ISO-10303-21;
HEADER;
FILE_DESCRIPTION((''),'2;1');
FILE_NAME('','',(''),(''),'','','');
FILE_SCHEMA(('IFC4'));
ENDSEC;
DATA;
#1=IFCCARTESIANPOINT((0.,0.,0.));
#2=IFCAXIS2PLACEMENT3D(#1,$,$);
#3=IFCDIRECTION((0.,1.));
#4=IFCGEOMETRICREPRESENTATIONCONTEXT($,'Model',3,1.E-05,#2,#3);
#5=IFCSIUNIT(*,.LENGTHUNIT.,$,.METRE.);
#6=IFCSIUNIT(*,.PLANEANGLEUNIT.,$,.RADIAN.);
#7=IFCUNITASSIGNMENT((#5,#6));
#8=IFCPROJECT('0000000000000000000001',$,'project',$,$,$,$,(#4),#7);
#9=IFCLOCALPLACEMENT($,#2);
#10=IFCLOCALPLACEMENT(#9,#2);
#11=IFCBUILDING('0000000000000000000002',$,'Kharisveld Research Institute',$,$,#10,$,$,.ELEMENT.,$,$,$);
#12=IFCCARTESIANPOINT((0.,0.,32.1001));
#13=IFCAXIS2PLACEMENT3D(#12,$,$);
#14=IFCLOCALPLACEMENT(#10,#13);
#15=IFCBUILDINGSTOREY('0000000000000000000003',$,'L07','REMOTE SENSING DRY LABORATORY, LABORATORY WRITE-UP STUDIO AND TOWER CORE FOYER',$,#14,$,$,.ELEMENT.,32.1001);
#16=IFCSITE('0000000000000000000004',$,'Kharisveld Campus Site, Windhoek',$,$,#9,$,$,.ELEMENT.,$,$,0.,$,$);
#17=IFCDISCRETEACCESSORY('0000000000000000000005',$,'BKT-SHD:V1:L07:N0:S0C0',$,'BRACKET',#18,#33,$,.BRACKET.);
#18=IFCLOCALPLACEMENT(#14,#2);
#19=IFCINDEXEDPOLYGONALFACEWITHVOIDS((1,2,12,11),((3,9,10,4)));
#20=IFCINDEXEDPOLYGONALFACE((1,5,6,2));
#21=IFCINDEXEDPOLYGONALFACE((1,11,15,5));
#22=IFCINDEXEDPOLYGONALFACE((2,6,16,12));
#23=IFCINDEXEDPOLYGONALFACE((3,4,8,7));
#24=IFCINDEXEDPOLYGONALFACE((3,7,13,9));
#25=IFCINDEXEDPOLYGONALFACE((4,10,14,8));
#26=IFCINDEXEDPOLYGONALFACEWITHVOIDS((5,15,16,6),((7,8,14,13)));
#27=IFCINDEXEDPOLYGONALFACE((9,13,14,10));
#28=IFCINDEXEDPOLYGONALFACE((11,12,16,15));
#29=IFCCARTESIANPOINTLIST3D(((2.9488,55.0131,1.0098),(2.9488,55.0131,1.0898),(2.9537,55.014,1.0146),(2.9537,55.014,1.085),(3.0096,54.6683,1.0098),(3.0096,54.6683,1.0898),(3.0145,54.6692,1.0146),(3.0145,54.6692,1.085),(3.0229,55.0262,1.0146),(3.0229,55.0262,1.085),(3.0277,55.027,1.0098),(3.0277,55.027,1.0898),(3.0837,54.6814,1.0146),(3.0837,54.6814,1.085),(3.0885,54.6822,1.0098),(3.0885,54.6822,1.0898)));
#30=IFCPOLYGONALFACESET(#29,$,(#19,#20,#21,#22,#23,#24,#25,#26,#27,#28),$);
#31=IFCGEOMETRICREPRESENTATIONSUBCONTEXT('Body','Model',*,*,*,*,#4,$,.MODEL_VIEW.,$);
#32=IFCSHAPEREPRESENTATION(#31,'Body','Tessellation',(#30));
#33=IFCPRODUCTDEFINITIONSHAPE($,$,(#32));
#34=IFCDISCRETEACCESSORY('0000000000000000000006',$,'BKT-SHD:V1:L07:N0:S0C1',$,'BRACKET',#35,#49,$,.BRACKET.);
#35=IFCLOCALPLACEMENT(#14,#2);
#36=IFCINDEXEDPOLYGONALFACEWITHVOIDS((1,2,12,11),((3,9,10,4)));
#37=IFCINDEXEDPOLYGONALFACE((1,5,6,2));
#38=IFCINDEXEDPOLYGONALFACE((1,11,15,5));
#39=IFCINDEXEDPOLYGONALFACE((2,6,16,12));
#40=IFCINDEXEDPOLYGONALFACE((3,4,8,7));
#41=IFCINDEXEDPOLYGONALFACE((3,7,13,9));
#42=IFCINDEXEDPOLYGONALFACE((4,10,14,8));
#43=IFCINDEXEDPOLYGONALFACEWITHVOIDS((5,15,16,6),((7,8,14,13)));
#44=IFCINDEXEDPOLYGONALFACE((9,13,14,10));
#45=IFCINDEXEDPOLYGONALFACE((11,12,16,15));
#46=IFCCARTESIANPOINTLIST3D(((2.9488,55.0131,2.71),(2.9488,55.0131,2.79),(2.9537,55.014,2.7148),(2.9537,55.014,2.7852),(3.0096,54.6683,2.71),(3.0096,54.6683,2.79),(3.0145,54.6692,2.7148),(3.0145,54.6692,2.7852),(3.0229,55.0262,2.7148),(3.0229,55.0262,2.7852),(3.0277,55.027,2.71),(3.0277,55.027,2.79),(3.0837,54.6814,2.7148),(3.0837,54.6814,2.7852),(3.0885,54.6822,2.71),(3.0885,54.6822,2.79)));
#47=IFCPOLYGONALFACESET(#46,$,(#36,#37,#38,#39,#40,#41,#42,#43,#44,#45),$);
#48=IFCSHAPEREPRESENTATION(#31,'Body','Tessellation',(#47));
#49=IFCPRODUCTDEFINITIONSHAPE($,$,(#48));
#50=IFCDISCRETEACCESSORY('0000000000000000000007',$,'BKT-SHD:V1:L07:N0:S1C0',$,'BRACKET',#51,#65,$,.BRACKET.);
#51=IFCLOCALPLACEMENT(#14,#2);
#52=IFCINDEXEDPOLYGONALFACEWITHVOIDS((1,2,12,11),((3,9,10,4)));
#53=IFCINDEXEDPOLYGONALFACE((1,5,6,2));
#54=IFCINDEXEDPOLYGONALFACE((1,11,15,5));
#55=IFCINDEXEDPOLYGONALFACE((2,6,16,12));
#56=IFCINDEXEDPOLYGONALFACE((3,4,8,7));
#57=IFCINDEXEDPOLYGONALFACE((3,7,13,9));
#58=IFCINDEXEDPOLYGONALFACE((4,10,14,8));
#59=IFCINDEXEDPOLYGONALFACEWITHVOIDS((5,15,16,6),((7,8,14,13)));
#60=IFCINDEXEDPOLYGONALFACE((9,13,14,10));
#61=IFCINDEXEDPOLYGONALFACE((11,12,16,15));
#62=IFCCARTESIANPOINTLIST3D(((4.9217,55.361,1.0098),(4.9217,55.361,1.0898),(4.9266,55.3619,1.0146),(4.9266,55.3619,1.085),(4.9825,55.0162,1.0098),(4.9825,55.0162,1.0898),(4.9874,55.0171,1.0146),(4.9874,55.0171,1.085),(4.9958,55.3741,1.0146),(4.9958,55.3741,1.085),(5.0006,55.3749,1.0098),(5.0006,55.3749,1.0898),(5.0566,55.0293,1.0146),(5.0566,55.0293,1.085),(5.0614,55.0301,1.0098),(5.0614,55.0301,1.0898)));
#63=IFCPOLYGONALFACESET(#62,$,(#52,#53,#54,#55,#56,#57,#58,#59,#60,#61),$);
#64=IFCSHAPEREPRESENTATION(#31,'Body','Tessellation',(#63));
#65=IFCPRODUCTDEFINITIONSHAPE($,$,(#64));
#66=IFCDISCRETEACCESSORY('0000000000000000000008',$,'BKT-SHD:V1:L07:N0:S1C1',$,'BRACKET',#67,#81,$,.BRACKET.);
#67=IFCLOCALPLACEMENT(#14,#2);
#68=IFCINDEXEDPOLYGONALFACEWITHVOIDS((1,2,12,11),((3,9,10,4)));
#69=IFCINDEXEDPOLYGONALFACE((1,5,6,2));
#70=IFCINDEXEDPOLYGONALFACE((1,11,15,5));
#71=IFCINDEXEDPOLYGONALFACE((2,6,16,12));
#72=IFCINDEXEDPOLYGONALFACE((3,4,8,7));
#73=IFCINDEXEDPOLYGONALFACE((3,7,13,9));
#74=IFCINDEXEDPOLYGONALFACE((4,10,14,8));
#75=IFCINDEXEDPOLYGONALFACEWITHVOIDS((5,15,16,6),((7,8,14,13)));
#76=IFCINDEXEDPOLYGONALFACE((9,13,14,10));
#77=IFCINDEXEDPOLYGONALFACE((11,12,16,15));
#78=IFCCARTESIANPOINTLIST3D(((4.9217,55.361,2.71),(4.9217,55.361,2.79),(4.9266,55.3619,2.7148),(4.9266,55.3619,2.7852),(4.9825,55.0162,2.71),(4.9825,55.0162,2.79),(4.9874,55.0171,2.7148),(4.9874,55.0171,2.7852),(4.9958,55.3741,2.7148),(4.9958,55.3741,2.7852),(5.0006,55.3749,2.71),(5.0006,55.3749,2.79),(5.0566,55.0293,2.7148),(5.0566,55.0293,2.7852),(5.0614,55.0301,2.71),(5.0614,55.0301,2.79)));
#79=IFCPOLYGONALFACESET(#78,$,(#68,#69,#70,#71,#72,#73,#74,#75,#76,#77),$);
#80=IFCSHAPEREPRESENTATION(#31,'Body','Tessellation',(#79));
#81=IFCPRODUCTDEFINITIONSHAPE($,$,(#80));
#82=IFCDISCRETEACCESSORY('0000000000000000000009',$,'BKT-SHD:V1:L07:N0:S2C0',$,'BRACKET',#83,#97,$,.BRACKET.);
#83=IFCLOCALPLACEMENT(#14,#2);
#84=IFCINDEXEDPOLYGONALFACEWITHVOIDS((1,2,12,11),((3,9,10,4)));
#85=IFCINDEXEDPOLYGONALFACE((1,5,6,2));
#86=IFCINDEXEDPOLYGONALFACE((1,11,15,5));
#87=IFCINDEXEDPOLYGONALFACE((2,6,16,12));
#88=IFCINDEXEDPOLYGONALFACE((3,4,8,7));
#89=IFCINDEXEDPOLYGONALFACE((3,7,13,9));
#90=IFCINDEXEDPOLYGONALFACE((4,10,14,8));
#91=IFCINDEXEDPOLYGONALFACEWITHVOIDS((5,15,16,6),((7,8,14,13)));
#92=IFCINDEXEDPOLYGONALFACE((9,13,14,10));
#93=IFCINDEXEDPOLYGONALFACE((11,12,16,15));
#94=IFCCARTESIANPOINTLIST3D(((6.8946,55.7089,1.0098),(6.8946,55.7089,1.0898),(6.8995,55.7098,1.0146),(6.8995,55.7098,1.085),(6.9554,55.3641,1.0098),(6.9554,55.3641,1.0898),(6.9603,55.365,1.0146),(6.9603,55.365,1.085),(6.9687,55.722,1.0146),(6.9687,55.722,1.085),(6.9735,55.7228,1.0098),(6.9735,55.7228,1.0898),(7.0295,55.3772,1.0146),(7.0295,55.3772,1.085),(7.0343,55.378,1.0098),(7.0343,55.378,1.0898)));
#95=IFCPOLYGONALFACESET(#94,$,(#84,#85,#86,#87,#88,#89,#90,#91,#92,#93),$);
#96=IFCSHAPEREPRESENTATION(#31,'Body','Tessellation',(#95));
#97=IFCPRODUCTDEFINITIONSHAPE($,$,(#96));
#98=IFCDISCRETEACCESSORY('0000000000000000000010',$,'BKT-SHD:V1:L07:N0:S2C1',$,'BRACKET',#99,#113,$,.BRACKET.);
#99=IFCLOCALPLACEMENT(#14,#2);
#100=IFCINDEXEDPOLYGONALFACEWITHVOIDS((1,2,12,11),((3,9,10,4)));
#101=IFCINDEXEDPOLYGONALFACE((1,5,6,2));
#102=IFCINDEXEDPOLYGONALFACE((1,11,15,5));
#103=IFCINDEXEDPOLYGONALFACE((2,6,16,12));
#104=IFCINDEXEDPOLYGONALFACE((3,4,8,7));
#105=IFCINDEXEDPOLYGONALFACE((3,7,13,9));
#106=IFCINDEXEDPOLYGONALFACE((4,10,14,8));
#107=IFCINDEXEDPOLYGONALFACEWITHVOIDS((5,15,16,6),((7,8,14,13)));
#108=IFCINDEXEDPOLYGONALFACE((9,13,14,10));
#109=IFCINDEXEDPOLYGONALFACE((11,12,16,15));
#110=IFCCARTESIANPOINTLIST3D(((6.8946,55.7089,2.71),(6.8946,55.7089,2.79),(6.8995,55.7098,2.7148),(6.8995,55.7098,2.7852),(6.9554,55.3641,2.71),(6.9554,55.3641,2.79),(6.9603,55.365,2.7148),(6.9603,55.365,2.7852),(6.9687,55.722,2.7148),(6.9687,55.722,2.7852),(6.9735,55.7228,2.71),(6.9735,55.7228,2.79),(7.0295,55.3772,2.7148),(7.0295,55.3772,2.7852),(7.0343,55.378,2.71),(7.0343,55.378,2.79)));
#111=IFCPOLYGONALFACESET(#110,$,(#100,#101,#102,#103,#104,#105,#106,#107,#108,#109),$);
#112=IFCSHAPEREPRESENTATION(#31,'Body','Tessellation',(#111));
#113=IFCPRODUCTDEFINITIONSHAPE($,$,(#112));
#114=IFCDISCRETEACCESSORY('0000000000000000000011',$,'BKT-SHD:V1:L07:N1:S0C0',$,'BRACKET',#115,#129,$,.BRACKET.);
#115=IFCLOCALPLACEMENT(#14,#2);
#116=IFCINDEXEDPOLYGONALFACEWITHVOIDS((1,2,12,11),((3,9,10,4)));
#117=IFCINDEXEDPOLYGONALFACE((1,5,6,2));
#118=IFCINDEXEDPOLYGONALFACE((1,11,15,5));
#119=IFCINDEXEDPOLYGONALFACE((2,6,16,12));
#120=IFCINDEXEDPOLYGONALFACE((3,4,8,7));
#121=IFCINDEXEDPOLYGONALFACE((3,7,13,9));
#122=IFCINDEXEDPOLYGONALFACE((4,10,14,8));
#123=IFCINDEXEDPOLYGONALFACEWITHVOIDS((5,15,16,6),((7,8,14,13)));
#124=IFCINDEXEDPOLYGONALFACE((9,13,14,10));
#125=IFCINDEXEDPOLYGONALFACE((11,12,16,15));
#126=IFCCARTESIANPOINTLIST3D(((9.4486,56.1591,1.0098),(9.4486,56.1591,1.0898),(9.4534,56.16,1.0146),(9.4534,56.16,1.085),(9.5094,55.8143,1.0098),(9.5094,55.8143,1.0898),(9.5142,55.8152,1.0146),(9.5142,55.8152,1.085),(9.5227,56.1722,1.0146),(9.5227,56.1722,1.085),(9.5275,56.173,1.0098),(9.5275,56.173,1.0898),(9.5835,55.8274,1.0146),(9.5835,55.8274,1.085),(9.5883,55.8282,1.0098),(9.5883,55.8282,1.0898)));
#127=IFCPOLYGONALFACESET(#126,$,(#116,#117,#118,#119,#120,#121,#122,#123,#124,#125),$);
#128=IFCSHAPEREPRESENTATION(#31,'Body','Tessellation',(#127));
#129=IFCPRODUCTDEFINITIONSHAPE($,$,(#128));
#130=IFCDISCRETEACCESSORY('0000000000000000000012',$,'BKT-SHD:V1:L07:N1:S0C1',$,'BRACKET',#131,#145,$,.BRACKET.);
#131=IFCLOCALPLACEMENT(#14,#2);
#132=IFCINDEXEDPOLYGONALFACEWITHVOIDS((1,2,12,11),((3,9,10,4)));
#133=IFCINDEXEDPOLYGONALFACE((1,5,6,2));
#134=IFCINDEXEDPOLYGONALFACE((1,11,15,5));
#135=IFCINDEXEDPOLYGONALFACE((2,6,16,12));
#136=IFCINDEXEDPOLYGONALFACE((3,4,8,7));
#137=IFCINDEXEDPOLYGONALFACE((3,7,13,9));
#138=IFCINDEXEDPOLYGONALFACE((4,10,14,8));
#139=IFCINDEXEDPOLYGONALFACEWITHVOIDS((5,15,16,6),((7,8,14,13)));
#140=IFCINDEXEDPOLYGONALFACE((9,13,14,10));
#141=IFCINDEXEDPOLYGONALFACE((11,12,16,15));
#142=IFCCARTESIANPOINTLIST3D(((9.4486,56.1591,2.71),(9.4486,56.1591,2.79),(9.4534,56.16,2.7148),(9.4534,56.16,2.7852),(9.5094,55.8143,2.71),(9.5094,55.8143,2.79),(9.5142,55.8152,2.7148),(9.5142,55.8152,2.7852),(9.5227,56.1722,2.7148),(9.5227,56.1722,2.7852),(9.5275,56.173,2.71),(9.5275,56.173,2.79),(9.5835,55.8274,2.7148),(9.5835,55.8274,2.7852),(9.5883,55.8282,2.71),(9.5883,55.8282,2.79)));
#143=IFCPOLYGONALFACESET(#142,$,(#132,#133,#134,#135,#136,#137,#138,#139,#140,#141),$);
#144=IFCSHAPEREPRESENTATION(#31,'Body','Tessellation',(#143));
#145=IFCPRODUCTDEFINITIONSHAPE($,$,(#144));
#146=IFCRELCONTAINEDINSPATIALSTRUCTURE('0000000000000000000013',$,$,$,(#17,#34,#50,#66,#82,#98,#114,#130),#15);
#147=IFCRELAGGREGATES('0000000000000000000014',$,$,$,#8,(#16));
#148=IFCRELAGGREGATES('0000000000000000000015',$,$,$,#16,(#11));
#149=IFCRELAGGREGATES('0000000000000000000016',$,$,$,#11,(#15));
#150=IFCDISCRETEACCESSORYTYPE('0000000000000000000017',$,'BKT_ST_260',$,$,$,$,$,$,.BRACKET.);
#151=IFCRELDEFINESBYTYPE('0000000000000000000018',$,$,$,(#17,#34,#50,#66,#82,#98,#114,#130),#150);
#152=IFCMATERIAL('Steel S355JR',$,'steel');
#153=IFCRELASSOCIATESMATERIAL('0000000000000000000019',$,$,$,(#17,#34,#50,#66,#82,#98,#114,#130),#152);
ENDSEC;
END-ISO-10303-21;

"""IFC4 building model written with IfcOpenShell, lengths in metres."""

from ifc_helpers import new_model, si_unit, direction, frame, origin, origin_2d, place, context, subcontext, project, spatial, hollow_rectangle, extrude, material, type_object, element, save


model = new_model("IFC4")

# Units and contexts
model_context = context("Model", 3, precision=1e-05, world=origin(), true_north=direction((0.0, 1.0)))
body_context = subcontext(model_context, "Body", "Model", "MODEL_VIEW")
ifc_project = project(units=[si_unit("LENGTHUNIT", "METRE"), si_unit("PLANEANGLEUNIT", "RADIAN")], contexts=[model_context])

# Site, building, storey
site_placement = place(None, origin())
site = spatial("IfcSite", under=ifc_project, at=site_placement, Name="Kharisveld Campus Site, Windhoek", CompositionType="ELEMENT", RefElevation=0.0)
building_placement = place(site_placement, origin())
building = spatial("IfcBuilding", under=site, at=building_placement, Name="Kharisveld Research Institute", CompositionType="ELEMENT")
storey_placement = place(building_placement, frame((0.0, 0.0, 32.1001)))
storey = spatial("IfcBuildingStorey", under=building, at=storey_placement, Name="L07", Description="REMOTE SENSING DRY LABORATORY, LABORATORY WRITE-UP STUDIO AND TOWER CORE FOYER", CompositionType="ELEMENT", Elevation=32.1001)

# Discrete accessories
ifc_material_1 = material(Name="Steel S355JR", Category="steel")
discrete_accessory_type = type_object("IfcDiscreteAccessoryType", Name="BKT_ST_260", PredefinedType="BRACKET")
for number, where, z_axis, x_axis, name in (
    (1, (3.0491, 54.6753, 1.0498), (-0.173666, 0.984805, 0.0), (-0.984805, -0.173666, 0.0), "BKT-SHD:V1:L07:N0:S0C0"),
    (2, (3.0491, 54.6753, 2.75), (-0.173666, 0.984805, 0.0), (-0.984805, -0.173666, 0.0), "BKT-SHD:V1:L07:N0:S0C1"),
    (3, (5.022, 55.0232, 1.0498), (-0.173666, 0.984805, 0.0), (-0.984805, -0.173666, 0.0), "BKT-SHD:V1:L07:N0:S1C0"),
    (4, (5.022, 55.0232, 2.75), (-0.173666, 0.984805, 0.0), (-0.984805, -0.173666, 0.0), "BKT-SHD:V1:L07:N0:S1C1"),
    (5, (6.9949, 55.3711, 1.0498), (-0.173666, 0.984805, 0.0), (-0.984805, -0.173666, 0.0), "BKT-SHD:V1:L07:N0:S2C0"),
    (6, (6.9949, 55.3711, 2.75), (-0.173666, 0.984805, 0.0), (-0.984805, -0.173666, 0.0), "BKT-SHD:V1:L07:N0:S2C1"),
    (7, (9.5488, 55.8213, 1.0498), (-0.173666, 0.984805, 0.0), (-0.984805, -0.173666, 0.0), "BKT-SHD:V1:L07:N1:S0C0"),
    (8, (9.5488, 55.8213, 2.75), (-0.173666, 0.984805, 0.0), (-0.984805, -0.173666, 0.0), "BKT-SHD:V1:L07:N1:S0C1"),
):
    element("IfcDiscreteAccessory", number, at=place(storey_placement, frame(where, z_axis=z_axis, x_axis=x_axis)), inside=storey, type_object=discrete_accessory_type, material=ifc_material_1, Name=name, ObjectType="BRACKET", PredefinedType="BRACKET", context=body_context, shape_type="SweptSolid", body=[
        extrude(hollow_rectangle(XDim=0.0801, YDim=0.0801, WallThickness=0.0049, at=origin_2d()), origin(), (0.0, 0.0, 1.0), 0.3501),
    ])

save(model, "model.ifc")
